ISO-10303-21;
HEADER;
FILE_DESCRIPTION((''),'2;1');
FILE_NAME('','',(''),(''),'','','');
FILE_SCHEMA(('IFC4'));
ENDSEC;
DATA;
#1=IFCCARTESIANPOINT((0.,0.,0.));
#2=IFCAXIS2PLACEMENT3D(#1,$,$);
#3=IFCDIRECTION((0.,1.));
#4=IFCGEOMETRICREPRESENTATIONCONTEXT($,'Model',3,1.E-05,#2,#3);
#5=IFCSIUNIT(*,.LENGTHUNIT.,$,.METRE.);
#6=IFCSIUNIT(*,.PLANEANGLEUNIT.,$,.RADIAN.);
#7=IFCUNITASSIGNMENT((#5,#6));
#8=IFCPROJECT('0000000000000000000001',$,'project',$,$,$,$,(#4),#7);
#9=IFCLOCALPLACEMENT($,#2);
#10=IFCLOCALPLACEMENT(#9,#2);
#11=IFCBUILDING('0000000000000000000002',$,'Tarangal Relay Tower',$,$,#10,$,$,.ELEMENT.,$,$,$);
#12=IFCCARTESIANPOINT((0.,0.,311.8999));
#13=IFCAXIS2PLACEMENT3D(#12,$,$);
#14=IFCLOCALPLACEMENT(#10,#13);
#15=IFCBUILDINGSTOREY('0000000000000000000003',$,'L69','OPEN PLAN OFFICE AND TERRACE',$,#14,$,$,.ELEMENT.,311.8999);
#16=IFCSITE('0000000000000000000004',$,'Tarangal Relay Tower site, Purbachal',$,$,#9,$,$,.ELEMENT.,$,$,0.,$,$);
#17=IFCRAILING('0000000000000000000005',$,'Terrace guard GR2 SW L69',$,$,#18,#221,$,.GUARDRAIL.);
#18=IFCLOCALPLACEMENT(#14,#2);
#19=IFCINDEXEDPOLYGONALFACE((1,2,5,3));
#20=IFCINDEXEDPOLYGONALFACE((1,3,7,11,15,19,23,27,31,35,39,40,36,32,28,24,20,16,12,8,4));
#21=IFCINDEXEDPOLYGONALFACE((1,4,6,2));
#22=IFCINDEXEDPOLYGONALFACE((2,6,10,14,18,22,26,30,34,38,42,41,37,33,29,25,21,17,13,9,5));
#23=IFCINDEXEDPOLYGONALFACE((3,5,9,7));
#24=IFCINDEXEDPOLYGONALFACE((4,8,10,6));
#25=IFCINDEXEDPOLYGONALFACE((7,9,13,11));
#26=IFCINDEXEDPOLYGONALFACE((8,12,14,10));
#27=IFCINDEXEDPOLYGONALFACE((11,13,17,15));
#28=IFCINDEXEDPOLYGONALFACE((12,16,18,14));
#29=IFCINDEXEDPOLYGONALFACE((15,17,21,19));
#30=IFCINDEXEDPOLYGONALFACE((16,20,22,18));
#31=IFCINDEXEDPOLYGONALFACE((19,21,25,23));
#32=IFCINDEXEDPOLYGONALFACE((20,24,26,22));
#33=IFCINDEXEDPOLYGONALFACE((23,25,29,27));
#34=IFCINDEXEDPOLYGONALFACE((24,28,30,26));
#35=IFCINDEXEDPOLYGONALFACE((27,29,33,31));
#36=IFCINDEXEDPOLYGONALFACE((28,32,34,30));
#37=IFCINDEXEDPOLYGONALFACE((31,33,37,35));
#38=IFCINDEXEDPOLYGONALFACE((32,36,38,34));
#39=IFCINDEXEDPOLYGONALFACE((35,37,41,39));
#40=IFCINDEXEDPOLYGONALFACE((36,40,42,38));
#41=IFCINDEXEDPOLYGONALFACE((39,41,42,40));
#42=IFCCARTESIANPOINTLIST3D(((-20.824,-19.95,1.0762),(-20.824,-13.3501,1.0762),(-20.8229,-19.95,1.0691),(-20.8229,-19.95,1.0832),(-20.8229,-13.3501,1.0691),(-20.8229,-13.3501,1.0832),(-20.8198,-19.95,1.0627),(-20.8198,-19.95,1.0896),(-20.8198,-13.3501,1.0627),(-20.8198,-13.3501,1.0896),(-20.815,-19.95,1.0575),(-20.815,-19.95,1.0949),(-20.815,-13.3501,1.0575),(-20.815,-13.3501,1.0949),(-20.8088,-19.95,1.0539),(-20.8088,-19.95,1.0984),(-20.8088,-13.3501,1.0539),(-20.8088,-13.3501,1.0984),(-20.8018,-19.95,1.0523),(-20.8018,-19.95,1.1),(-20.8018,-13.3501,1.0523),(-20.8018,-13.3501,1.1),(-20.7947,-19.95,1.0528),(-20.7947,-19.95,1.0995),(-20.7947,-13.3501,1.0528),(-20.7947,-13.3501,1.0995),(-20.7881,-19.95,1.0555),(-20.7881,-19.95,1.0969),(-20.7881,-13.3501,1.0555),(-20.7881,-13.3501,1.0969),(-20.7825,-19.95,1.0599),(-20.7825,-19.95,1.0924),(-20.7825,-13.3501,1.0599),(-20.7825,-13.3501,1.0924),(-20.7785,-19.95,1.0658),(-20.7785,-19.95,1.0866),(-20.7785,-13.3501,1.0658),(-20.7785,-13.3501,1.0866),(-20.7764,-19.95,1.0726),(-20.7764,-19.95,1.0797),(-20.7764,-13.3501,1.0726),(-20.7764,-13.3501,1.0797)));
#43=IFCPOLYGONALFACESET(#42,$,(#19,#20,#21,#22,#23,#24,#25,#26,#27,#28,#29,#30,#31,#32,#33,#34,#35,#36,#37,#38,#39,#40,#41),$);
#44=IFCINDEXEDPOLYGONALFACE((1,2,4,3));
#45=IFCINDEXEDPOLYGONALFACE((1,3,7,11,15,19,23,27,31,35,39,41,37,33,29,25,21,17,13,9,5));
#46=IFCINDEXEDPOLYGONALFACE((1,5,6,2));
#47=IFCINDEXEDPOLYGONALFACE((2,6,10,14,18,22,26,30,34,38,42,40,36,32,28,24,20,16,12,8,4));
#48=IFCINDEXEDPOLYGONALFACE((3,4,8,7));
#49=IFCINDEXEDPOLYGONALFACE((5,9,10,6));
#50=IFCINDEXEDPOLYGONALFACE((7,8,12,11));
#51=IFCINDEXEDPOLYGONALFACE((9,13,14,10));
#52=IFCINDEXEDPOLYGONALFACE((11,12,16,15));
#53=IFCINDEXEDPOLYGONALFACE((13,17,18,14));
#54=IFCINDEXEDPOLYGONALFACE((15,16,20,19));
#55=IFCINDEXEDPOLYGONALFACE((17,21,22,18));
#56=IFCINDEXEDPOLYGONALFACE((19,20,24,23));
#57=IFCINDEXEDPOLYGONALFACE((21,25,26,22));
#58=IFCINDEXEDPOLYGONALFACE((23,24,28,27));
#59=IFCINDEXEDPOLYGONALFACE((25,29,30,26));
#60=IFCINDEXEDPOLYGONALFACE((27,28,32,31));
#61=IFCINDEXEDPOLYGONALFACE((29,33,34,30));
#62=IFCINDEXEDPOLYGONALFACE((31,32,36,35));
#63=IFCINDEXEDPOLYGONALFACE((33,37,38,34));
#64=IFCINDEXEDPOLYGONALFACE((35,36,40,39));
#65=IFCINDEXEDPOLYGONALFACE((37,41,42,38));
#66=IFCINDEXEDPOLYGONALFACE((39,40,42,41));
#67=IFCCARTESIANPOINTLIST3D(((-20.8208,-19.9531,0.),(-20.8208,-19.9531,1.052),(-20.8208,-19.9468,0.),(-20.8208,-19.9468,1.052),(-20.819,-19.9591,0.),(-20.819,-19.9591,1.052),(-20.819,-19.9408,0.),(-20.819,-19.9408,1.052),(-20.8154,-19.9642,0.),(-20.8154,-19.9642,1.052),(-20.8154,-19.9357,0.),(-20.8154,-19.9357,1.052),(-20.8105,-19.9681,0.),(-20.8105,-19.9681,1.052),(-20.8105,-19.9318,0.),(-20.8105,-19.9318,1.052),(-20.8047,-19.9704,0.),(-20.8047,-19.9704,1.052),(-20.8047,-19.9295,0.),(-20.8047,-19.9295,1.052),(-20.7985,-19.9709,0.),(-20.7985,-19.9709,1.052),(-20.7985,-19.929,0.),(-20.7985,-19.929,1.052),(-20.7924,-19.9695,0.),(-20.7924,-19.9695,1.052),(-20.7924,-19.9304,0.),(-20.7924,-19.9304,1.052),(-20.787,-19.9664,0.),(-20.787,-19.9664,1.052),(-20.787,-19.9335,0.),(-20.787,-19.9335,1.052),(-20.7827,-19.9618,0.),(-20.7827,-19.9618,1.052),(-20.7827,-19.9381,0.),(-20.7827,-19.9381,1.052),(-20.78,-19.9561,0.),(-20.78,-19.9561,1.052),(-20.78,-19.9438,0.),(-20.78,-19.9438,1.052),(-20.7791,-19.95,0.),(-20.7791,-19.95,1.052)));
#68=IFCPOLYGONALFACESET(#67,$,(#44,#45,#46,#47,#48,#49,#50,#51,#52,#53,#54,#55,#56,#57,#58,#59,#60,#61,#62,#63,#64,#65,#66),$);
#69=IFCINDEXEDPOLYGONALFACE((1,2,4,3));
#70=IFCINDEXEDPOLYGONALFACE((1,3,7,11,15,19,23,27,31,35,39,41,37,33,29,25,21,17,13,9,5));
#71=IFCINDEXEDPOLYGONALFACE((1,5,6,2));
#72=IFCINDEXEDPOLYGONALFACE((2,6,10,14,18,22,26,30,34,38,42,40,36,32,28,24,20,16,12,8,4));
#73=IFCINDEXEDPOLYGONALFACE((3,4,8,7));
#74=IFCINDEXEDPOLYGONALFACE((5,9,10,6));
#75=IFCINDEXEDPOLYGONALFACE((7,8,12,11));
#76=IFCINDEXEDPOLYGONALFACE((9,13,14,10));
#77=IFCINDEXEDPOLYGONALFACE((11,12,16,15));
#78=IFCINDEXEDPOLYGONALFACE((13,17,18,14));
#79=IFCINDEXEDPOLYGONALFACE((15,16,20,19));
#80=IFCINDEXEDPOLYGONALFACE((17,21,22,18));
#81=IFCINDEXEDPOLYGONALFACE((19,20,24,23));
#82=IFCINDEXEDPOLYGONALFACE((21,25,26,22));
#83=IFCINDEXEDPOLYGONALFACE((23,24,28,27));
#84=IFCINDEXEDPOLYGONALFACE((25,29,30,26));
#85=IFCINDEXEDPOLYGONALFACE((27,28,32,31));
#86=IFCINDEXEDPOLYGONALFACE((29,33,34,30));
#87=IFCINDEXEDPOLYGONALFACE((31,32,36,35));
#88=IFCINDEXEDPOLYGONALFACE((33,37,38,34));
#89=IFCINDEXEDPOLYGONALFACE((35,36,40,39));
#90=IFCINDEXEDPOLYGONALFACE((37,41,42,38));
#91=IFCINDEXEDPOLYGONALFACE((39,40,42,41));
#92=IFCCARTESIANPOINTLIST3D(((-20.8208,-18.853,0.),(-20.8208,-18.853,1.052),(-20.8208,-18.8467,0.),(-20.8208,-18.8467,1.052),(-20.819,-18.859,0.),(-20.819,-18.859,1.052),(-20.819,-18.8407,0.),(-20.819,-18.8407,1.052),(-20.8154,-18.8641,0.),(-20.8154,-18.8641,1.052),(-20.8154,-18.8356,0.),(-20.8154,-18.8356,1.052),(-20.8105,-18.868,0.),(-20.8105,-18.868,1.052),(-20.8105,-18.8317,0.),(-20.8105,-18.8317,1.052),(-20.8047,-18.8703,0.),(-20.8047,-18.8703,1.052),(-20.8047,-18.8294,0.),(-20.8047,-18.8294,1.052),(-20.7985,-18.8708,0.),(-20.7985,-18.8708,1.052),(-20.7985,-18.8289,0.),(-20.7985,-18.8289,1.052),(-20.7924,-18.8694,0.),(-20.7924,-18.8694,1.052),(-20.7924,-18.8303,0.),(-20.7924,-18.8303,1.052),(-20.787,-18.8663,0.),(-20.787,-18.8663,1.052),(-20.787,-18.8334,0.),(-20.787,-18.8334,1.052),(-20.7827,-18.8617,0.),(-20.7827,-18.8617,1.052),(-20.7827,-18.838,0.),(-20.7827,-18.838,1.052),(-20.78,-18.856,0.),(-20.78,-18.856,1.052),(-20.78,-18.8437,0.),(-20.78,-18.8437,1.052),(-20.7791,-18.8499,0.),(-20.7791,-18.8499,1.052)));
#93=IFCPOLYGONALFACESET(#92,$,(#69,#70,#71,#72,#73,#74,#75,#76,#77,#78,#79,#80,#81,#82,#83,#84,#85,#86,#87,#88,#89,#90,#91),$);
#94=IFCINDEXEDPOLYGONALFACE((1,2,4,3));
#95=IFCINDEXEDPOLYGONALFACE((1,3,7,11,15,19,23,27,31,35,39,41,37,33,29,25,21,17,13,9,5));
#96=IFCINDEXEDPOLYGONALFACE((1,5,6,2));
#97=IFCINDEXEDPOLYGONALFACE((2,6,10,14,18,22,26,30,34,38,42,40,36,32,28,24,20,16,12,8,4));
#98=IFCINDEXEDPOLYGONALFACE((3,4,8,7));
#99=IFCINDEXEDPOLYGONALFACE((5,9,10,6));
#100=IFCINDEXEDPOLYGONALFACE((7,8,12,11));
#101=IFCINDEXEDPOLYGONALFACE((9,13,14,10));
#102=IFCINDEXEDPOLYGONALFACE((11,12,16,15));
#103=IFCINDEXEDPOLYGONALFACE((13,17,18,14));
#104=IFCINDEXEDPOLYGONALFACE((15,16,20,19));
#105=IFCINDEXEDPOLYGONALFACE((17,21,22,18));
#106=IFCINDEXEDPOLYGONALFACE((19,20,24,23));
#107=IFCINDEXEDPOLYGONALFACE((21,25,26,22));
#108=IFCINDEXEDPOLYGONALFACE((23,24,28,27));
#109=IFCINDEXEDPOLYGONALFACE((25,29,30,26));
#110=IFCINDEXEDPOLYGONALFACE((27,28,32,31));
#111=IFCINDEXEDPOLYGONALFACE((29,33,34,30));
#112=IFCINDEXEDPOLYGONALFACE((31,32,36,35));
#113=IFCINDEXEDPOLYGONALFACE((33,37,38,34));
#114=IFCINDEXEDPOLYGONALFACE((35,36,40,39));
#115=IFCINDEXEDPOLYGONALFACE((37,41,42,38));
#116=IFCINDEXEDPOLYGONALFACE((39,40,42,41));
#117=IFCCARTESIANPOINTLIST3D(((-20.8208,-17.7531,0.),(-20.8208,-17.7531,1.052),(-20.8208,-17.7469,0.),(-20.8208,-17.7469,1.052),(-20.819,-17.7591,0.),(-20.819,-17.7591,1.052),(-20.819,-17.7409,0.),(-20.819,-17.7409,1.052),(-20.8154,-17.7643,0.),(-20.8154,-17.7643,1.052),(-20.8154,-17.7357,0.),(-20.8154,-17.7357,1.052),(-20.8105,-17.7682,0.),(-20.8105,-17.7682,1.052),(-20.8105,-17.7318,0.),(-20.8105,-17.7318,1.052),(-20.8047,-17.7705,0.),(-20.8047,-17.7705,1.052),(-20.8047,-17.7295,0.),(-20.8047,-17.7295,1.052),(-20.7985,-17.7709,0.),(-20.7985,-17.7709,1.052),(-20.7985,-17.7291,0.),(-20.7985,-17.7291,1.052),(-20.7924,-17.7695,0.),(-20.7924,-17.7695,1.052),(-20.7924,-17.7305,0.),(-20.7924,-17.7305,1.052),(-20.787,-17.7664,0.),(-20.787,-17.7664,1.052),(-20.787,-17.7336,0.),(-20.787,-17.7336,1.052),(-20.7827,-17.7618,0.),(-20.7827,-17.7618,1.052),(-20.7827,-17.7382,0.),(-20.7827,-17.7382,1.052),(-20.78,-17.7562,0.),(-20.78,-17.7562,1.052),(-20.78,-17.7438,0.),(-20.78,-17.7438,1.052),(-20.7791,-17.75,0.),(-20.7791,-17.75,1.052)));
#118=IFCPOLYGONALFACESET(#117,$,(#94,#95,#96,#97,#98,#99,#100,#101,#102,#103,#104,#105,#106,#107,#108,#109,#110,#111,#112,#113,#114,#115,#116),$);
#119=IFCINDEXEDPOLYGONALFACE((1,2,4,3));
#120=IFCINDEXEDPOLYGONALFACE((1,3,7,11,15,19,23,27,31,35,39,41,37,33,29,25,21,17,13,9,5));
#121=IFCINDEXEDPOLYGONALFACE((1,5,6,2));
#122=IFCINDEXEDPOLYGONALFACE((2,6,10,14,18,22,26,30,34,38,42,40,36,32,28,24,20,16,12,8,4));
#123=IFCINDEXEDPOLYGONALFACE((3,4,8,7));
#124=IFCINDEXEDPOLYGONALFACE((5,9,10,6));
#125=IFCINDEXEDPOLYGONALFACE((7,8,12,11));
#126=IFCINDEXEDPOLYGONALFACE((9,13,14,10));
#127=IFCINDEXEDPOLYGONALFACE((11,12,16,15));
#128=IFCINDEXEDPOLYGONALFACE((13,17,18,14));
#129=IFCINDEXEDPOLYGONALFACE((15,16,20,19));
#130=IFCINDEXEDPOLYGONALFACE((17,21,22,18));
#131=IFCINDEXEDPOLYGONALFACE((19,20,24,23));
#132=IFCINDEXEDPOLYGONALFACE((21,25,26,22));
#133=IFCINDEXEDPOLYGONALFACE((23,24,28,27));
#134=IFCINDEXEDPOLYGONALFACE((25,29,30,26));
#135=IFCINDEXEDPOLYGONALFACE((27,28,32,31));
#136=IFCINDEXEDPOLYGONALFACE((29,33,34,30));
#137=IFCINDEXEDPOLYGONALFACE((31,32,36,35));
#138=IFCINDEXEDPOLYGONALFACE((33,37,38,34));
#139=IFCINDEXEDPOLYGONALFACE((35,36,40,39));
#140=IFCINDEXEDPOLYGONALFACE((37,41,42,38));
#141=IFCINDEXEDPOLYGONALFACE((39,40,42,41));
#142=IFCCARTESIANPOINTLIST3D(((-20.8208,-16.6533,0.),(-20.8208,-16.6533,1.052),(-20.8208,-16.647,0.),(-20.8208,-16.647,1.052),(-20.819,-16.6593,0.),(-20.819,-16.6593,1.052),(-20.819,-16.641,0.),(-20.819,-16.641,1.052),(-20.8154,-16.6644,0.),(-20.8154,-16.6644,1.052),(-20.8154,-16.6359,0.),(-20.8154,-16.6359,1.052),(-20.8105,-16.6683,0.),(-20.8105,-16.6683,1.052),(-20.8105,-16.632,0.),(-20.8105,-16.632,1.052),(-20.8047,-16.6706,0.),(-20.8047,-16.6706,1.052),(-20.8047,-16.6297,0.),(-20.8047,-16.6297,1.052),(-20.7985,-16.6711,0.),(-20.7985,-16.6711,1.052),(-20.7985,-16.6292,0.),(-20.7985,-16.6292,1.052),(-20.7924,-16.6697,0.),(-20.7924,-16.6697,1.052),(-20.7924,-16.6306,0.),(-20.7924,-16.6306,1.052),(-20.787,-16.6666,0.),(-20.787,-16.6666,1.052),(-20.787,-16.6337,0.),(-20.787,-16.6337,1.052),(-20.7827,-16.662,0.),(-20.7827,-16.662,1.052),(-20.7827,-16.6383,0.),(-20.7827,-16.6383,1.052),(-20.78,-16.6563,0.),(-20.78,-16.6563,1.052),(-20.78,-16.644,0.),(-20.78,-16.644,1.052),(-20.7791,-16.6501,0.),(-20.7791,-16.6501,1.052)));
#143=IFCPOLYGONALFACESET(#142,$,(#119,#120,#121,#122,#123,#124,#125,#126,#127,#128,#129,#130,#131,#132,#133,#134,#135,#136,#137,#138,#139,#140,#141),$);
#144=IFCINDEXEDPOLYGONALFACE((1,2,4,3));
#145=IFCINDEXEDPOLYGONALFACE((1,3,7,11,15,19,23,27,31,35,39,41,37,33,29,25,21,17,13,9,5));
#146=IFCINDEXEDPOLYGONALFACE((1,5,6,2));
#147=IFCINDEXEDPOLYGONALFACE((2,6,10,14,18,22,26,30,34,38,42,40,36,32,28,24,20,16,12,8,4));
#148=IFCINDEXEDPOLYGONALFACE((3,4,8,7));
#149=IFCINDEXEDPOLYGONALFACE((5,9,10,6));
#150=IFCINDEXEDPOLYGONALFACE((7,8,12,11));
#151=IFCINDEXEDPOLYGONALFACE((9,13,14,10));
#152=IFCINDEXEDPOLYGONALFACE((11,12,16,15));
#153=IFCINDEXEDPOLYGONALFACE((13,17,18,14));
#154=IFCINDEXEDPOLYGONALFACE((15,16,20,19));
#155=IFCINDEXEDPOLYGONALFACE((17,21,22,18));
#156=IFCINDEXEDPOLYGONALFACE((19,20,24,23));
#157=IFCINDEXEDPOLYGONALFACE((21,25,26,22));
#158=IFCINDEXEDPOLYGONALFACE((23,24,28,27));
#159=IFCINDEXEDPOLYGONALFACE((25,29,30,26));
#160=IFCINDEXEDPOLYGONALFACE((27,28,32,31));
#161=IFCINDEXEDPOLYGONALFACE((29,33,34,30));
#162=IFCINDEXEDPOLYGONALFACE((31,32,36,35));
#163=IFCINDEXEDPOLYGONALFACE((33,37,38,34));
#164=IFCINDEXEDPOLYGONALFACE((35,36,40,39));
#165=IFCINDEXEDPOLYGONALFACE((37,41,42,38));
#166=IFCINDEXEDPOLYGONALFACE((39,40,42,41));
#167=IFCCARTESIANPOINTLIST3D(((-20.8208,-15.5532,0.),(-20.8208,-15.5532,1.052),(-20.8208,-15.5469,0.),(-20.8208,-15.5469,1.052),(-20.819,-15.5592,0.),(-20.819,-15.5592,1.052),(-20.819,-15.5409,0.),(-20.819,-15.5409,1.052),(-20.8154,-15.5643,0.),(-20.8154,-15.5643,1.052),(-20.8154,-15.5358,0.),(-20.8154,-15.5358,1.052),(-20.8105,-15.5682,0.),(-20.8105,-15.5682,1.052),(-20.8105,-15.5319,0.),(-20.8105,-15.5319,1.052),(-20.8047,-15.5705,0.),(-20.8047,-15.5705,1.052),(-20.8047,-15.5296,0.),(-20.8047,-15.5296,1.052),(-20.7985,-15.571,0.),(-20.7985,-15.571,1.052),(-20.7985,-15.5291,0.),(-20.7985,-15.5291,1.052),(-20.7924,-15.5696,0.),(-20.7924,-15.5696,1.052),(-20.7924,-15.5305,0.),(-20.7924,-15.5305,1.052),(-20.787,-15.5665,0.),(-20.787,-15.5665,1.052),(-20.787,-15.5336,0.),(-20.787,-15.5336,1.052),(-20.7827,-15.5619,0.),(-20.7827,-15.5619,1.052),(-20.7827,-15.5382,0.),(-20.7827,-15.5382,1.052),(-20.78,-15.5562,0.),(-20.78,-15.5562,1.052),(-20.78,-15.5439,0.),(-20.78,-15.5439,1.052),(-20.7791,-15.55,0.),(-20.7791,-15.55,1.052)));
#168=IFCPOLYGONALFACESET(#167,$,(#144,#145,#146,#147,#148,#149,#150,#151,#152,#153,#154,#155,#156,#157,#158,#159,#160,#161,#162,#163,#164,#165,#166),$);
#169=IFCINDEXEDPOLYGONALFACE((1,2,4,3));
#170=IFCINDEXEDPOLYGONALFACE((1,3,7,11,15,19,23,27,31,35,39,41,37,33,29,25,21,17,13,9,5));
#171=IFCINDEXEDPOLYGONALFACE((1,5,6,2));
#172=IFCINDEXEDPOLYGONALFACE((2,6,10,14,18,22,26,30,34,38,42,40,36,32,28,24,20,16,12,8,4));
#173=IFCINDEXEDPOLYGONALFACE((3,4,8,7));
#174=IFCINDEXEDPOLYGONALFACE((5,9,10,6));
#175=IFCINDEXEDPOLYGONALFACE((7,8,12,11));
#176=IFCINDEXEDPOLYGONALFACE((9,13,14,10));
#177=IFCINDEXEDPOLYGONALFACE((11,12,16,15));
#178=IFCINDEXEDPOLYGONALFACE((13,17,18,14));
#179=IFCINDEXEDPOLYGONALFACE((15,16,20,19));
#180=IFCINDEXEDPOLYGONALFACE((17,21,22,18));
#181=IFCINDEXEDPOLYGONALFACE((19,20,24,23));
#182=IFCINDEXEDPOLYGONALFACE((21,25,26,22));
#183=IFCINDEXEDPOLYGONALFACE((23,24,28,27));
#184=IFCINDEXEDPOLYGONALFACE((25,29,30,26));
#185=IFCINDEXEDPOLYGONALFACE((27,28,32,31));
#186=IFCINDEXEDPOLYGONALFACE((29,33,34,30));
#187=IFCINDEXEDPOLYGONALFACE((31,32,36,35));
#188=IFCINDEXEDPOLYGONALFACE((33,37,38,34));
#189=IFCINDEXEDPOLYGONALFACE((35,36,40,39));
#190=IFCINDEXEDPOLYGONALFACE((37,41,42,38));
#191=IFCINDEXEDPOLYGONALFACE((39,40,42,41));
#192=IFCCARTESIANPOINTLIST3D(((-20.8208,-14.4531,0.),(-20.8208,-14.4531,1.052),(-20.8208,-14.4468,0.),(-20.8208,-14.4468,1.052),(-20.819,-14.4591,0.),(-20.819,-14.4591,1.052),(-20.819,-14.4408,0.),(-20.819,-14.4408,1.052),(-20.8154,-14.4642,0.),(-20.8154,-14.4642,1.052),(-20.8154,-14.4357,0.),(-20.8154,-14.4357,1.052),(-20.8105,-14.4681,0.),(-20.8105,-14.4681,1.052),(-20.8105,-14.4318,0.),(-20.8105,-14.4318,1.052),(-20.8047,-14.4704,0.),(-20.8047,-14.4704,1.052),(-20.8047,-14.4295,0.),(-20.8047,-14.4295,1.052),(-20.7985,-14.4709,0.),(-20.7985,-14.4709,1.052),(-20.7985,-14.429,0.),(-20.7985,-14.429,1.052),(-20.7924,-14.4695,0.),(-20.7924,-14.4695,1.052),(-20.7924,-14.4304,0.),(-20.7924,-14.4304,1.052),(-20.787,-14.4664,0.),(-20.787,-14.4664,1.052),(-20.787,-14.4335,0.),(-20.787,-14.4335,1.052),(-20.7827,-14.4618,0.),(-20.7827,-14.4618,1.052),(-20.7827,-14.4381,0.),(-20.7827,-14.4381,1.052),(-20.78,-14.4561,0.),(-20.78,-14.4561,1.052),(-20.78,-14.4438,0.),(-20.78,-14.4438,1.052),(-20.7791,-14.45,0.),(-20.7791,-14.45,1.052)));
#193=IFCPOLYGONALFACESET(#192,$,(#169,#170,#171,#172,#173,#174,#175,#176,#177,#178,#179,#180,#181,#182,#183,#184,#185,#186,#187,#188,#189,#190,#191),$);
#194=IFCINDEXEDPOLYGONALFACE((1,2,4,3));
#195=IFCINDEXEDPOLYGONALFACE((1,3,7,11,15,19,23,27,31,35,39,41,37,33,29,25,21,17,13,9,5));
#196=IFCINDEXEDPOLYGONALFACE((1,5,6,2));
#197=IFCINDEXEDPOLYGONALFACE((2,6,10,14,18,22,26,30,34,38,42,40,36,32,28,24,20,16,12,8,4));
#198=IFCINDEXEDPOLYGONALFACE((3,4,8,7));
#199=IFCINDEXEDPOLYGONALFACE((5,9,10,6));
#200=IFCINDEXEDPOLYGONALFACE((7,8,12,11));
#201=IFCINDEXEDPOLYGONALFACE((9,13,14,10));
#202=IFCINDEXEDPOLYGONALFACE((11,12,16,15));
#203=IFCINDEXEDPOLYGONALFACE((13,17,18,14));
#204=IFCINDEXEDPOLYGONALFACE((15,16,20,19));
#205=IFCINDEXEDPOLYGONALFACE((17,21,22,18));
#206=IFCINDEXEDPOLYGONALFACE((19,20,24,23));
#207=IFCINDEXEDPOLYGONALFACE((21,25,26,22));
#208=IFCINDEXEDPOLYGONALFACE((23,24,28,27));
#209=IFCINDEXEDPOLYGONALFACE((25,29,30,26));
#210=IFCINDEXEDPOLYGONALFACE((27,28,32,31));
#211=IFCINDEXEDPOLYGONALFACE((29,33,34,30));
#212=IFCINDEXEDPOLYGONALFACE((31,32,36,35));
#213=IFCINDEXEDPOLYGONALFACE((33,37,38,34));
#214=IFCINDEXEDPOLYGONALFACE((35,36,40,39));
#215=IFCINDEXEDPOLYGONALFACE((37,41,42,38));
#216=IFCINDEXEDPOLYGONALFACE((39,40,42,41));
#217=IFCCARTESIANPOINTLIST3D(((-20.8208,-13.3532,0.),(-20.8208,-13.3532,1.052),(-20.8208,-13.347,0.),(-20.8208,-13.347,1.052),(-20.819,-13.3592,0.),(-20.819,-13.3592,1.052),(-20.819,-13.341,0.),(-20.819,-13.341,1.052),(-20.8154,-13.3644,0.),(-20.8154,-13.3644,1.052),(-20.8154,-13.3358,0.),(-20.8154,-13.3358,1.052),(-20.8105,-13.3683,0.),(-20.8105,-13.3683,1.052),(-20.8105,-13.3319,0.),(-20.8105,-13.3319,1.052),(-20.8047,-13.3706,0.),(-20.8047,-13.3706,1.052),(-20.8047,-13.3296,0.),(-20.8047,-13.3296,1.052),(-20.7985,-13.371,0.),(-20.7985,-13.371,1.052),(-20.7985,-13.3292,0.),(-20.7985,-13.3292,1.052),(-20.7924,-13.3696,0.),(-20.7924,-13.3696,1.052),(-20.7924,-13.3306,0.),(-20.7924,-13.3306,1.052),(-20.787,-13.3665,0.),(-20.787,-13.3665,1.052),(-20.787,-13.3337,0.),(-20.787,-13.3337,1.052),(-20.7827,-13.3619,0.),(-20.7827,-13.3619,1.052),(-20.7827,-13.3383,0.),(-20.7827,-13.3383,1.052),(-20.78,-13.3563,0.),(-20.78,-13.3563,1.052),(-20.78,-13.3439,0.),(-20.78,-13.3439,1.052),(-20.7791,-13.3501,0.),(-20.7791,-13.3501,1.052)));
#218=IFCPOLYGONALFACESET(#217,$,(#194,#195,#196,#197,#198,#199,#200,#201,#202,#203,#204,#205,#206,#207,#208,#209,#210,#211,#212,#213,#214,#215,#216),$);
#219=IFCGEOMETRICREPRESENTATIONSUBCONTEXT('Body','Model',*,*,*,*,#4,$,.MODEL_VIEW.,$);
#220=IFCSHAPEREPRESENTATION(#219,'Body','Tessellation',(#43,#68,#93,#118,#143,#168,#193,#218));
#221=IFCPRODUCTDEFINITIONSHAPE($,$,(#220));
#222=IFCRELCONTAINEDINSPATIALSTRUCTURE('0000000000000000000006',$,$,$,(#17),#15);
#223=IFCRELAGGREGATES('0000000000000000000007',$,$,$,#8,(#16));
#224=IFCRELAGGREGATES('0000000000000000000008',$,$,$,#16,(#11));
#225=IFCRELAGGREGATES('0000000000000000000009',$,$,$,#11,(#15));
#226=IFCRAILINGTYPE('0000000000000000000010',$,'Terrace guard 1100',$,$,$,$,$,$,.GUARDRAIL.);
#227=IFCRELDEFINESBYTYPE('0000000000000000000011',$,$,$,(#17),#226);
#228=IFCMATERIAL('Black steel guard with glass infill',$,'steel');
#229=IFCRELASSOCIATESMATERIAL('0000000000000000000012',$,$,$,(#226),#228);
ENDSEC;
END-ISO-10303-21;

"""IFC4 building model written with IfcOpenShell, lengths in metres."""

from ifc_helpers import new_model, si_unit, direction, frame, origin, origin_2d, place, context, subcontext, project, spatial, circle, extrude, material, type_object, element, save


model = new_model("IFC4")

# Units and contexts
model_context = context("Model", 3, precision=1e-05, world=origin(), true_north=direction((0.0, 1.0)))
body_context = subcontext(model_context, "Body", "Model", "MODEL_VIEW")
ifc_project = project(units=[si_unit("LENGTHUNIT", "METRE"), si_unit("PLANEANGLEUNIT", "RADIAN")], contexts=[model_context])

# Site, building, storey
site_placement = place(None, origin())
site = spatial("IfcSite", under=ifc_project, at=site_placement, Name="Tarangal Relay Tower site, Purbachal", CompositionType="ELEMENT", RefElevation=0.0)
building_placement = place(site_placement, origin())
building = spatial("IfcBuilding", under=site, at=building_placement, Name="Tarangal Relay Tower", CompositionType="ELEMENT")
storey_placement = place(building_placement, frame((0.0, 0.0, 311.8999)))
storey = spatial("IfcBuildingStorey", under=building, at=storey_placement, Name="L69", Description="OPEN PLAN OFFICE AND TERRACE", CompositionType="ELEMENT", Elevation=311.8999)

# Railing
ifc_material_1 = material(Name="Black steel guard with glass infill", Category="steel")
railing_type = type_object("IfcRailingType", Name="Terrace guard 1100", PredefinedType="GUARDRAIL", material=ifc_material_1)
railing_1_placement = place(storey_placement, frame((-20.8, -19.95, 0.0)))
element("IfcRailing", 1, at=railing_1_placement, inside=storey, type_object=railing_type, Name="Terrace guard GR2 SW L69", PredefinedType="GUARDRAIL", context=body_context, shape_type="SweptSolid", body=[
    extrude(circle(Radius=0.0239, at=origin_2d()), frame((0.0, 0.0, 1.0762), z_axis=(0.0, 1.0, 0.0), x_axis=(-1.0, 0.0, 0.0)), (0.0, 0.0, 1.0), 6.5999),
    extrude(circle(Radius=0.021, at=origin_2d()), origin(), (0.0, 0.0, 1.0), 1.052),
    extrude(circle(Radius=0.021, at=origin_2d()), frame((0.0, 1.1001, 0.0)), (0.0, 0.0, 1.0), 1.052),
    extrude(circle(Radius=0.021, at=origin_2d()), frame((0.0, 2.2, 0.0)), (0.0, 0.0, 1.0), 1.052),
    extrude(circle(Radius=0.021, at=origin_2d()), frame((0.0, 3.2998, 0.0)), (0.0, 0.0, 1.0), 1.052),
    extrude(circle(Radius=0.021, at=origin_2d()), frame((0.0, 4.3999, 0.0)), (0.0, 0.0, 1.0), 1.052),
    extrude(circle(Radius=0.021, at=origin_2d()), frame((0.0, 5.5, 0.0)), (0.0, 0.0, 1.0), 1.052),
    extrude(circle(Radius=0.021, at=origin_2d()), frame((0.0, 6.5999, 0.0)), (0.0, 0.0, 1.0), 1.052),
])

save(model, "model.ifc")
